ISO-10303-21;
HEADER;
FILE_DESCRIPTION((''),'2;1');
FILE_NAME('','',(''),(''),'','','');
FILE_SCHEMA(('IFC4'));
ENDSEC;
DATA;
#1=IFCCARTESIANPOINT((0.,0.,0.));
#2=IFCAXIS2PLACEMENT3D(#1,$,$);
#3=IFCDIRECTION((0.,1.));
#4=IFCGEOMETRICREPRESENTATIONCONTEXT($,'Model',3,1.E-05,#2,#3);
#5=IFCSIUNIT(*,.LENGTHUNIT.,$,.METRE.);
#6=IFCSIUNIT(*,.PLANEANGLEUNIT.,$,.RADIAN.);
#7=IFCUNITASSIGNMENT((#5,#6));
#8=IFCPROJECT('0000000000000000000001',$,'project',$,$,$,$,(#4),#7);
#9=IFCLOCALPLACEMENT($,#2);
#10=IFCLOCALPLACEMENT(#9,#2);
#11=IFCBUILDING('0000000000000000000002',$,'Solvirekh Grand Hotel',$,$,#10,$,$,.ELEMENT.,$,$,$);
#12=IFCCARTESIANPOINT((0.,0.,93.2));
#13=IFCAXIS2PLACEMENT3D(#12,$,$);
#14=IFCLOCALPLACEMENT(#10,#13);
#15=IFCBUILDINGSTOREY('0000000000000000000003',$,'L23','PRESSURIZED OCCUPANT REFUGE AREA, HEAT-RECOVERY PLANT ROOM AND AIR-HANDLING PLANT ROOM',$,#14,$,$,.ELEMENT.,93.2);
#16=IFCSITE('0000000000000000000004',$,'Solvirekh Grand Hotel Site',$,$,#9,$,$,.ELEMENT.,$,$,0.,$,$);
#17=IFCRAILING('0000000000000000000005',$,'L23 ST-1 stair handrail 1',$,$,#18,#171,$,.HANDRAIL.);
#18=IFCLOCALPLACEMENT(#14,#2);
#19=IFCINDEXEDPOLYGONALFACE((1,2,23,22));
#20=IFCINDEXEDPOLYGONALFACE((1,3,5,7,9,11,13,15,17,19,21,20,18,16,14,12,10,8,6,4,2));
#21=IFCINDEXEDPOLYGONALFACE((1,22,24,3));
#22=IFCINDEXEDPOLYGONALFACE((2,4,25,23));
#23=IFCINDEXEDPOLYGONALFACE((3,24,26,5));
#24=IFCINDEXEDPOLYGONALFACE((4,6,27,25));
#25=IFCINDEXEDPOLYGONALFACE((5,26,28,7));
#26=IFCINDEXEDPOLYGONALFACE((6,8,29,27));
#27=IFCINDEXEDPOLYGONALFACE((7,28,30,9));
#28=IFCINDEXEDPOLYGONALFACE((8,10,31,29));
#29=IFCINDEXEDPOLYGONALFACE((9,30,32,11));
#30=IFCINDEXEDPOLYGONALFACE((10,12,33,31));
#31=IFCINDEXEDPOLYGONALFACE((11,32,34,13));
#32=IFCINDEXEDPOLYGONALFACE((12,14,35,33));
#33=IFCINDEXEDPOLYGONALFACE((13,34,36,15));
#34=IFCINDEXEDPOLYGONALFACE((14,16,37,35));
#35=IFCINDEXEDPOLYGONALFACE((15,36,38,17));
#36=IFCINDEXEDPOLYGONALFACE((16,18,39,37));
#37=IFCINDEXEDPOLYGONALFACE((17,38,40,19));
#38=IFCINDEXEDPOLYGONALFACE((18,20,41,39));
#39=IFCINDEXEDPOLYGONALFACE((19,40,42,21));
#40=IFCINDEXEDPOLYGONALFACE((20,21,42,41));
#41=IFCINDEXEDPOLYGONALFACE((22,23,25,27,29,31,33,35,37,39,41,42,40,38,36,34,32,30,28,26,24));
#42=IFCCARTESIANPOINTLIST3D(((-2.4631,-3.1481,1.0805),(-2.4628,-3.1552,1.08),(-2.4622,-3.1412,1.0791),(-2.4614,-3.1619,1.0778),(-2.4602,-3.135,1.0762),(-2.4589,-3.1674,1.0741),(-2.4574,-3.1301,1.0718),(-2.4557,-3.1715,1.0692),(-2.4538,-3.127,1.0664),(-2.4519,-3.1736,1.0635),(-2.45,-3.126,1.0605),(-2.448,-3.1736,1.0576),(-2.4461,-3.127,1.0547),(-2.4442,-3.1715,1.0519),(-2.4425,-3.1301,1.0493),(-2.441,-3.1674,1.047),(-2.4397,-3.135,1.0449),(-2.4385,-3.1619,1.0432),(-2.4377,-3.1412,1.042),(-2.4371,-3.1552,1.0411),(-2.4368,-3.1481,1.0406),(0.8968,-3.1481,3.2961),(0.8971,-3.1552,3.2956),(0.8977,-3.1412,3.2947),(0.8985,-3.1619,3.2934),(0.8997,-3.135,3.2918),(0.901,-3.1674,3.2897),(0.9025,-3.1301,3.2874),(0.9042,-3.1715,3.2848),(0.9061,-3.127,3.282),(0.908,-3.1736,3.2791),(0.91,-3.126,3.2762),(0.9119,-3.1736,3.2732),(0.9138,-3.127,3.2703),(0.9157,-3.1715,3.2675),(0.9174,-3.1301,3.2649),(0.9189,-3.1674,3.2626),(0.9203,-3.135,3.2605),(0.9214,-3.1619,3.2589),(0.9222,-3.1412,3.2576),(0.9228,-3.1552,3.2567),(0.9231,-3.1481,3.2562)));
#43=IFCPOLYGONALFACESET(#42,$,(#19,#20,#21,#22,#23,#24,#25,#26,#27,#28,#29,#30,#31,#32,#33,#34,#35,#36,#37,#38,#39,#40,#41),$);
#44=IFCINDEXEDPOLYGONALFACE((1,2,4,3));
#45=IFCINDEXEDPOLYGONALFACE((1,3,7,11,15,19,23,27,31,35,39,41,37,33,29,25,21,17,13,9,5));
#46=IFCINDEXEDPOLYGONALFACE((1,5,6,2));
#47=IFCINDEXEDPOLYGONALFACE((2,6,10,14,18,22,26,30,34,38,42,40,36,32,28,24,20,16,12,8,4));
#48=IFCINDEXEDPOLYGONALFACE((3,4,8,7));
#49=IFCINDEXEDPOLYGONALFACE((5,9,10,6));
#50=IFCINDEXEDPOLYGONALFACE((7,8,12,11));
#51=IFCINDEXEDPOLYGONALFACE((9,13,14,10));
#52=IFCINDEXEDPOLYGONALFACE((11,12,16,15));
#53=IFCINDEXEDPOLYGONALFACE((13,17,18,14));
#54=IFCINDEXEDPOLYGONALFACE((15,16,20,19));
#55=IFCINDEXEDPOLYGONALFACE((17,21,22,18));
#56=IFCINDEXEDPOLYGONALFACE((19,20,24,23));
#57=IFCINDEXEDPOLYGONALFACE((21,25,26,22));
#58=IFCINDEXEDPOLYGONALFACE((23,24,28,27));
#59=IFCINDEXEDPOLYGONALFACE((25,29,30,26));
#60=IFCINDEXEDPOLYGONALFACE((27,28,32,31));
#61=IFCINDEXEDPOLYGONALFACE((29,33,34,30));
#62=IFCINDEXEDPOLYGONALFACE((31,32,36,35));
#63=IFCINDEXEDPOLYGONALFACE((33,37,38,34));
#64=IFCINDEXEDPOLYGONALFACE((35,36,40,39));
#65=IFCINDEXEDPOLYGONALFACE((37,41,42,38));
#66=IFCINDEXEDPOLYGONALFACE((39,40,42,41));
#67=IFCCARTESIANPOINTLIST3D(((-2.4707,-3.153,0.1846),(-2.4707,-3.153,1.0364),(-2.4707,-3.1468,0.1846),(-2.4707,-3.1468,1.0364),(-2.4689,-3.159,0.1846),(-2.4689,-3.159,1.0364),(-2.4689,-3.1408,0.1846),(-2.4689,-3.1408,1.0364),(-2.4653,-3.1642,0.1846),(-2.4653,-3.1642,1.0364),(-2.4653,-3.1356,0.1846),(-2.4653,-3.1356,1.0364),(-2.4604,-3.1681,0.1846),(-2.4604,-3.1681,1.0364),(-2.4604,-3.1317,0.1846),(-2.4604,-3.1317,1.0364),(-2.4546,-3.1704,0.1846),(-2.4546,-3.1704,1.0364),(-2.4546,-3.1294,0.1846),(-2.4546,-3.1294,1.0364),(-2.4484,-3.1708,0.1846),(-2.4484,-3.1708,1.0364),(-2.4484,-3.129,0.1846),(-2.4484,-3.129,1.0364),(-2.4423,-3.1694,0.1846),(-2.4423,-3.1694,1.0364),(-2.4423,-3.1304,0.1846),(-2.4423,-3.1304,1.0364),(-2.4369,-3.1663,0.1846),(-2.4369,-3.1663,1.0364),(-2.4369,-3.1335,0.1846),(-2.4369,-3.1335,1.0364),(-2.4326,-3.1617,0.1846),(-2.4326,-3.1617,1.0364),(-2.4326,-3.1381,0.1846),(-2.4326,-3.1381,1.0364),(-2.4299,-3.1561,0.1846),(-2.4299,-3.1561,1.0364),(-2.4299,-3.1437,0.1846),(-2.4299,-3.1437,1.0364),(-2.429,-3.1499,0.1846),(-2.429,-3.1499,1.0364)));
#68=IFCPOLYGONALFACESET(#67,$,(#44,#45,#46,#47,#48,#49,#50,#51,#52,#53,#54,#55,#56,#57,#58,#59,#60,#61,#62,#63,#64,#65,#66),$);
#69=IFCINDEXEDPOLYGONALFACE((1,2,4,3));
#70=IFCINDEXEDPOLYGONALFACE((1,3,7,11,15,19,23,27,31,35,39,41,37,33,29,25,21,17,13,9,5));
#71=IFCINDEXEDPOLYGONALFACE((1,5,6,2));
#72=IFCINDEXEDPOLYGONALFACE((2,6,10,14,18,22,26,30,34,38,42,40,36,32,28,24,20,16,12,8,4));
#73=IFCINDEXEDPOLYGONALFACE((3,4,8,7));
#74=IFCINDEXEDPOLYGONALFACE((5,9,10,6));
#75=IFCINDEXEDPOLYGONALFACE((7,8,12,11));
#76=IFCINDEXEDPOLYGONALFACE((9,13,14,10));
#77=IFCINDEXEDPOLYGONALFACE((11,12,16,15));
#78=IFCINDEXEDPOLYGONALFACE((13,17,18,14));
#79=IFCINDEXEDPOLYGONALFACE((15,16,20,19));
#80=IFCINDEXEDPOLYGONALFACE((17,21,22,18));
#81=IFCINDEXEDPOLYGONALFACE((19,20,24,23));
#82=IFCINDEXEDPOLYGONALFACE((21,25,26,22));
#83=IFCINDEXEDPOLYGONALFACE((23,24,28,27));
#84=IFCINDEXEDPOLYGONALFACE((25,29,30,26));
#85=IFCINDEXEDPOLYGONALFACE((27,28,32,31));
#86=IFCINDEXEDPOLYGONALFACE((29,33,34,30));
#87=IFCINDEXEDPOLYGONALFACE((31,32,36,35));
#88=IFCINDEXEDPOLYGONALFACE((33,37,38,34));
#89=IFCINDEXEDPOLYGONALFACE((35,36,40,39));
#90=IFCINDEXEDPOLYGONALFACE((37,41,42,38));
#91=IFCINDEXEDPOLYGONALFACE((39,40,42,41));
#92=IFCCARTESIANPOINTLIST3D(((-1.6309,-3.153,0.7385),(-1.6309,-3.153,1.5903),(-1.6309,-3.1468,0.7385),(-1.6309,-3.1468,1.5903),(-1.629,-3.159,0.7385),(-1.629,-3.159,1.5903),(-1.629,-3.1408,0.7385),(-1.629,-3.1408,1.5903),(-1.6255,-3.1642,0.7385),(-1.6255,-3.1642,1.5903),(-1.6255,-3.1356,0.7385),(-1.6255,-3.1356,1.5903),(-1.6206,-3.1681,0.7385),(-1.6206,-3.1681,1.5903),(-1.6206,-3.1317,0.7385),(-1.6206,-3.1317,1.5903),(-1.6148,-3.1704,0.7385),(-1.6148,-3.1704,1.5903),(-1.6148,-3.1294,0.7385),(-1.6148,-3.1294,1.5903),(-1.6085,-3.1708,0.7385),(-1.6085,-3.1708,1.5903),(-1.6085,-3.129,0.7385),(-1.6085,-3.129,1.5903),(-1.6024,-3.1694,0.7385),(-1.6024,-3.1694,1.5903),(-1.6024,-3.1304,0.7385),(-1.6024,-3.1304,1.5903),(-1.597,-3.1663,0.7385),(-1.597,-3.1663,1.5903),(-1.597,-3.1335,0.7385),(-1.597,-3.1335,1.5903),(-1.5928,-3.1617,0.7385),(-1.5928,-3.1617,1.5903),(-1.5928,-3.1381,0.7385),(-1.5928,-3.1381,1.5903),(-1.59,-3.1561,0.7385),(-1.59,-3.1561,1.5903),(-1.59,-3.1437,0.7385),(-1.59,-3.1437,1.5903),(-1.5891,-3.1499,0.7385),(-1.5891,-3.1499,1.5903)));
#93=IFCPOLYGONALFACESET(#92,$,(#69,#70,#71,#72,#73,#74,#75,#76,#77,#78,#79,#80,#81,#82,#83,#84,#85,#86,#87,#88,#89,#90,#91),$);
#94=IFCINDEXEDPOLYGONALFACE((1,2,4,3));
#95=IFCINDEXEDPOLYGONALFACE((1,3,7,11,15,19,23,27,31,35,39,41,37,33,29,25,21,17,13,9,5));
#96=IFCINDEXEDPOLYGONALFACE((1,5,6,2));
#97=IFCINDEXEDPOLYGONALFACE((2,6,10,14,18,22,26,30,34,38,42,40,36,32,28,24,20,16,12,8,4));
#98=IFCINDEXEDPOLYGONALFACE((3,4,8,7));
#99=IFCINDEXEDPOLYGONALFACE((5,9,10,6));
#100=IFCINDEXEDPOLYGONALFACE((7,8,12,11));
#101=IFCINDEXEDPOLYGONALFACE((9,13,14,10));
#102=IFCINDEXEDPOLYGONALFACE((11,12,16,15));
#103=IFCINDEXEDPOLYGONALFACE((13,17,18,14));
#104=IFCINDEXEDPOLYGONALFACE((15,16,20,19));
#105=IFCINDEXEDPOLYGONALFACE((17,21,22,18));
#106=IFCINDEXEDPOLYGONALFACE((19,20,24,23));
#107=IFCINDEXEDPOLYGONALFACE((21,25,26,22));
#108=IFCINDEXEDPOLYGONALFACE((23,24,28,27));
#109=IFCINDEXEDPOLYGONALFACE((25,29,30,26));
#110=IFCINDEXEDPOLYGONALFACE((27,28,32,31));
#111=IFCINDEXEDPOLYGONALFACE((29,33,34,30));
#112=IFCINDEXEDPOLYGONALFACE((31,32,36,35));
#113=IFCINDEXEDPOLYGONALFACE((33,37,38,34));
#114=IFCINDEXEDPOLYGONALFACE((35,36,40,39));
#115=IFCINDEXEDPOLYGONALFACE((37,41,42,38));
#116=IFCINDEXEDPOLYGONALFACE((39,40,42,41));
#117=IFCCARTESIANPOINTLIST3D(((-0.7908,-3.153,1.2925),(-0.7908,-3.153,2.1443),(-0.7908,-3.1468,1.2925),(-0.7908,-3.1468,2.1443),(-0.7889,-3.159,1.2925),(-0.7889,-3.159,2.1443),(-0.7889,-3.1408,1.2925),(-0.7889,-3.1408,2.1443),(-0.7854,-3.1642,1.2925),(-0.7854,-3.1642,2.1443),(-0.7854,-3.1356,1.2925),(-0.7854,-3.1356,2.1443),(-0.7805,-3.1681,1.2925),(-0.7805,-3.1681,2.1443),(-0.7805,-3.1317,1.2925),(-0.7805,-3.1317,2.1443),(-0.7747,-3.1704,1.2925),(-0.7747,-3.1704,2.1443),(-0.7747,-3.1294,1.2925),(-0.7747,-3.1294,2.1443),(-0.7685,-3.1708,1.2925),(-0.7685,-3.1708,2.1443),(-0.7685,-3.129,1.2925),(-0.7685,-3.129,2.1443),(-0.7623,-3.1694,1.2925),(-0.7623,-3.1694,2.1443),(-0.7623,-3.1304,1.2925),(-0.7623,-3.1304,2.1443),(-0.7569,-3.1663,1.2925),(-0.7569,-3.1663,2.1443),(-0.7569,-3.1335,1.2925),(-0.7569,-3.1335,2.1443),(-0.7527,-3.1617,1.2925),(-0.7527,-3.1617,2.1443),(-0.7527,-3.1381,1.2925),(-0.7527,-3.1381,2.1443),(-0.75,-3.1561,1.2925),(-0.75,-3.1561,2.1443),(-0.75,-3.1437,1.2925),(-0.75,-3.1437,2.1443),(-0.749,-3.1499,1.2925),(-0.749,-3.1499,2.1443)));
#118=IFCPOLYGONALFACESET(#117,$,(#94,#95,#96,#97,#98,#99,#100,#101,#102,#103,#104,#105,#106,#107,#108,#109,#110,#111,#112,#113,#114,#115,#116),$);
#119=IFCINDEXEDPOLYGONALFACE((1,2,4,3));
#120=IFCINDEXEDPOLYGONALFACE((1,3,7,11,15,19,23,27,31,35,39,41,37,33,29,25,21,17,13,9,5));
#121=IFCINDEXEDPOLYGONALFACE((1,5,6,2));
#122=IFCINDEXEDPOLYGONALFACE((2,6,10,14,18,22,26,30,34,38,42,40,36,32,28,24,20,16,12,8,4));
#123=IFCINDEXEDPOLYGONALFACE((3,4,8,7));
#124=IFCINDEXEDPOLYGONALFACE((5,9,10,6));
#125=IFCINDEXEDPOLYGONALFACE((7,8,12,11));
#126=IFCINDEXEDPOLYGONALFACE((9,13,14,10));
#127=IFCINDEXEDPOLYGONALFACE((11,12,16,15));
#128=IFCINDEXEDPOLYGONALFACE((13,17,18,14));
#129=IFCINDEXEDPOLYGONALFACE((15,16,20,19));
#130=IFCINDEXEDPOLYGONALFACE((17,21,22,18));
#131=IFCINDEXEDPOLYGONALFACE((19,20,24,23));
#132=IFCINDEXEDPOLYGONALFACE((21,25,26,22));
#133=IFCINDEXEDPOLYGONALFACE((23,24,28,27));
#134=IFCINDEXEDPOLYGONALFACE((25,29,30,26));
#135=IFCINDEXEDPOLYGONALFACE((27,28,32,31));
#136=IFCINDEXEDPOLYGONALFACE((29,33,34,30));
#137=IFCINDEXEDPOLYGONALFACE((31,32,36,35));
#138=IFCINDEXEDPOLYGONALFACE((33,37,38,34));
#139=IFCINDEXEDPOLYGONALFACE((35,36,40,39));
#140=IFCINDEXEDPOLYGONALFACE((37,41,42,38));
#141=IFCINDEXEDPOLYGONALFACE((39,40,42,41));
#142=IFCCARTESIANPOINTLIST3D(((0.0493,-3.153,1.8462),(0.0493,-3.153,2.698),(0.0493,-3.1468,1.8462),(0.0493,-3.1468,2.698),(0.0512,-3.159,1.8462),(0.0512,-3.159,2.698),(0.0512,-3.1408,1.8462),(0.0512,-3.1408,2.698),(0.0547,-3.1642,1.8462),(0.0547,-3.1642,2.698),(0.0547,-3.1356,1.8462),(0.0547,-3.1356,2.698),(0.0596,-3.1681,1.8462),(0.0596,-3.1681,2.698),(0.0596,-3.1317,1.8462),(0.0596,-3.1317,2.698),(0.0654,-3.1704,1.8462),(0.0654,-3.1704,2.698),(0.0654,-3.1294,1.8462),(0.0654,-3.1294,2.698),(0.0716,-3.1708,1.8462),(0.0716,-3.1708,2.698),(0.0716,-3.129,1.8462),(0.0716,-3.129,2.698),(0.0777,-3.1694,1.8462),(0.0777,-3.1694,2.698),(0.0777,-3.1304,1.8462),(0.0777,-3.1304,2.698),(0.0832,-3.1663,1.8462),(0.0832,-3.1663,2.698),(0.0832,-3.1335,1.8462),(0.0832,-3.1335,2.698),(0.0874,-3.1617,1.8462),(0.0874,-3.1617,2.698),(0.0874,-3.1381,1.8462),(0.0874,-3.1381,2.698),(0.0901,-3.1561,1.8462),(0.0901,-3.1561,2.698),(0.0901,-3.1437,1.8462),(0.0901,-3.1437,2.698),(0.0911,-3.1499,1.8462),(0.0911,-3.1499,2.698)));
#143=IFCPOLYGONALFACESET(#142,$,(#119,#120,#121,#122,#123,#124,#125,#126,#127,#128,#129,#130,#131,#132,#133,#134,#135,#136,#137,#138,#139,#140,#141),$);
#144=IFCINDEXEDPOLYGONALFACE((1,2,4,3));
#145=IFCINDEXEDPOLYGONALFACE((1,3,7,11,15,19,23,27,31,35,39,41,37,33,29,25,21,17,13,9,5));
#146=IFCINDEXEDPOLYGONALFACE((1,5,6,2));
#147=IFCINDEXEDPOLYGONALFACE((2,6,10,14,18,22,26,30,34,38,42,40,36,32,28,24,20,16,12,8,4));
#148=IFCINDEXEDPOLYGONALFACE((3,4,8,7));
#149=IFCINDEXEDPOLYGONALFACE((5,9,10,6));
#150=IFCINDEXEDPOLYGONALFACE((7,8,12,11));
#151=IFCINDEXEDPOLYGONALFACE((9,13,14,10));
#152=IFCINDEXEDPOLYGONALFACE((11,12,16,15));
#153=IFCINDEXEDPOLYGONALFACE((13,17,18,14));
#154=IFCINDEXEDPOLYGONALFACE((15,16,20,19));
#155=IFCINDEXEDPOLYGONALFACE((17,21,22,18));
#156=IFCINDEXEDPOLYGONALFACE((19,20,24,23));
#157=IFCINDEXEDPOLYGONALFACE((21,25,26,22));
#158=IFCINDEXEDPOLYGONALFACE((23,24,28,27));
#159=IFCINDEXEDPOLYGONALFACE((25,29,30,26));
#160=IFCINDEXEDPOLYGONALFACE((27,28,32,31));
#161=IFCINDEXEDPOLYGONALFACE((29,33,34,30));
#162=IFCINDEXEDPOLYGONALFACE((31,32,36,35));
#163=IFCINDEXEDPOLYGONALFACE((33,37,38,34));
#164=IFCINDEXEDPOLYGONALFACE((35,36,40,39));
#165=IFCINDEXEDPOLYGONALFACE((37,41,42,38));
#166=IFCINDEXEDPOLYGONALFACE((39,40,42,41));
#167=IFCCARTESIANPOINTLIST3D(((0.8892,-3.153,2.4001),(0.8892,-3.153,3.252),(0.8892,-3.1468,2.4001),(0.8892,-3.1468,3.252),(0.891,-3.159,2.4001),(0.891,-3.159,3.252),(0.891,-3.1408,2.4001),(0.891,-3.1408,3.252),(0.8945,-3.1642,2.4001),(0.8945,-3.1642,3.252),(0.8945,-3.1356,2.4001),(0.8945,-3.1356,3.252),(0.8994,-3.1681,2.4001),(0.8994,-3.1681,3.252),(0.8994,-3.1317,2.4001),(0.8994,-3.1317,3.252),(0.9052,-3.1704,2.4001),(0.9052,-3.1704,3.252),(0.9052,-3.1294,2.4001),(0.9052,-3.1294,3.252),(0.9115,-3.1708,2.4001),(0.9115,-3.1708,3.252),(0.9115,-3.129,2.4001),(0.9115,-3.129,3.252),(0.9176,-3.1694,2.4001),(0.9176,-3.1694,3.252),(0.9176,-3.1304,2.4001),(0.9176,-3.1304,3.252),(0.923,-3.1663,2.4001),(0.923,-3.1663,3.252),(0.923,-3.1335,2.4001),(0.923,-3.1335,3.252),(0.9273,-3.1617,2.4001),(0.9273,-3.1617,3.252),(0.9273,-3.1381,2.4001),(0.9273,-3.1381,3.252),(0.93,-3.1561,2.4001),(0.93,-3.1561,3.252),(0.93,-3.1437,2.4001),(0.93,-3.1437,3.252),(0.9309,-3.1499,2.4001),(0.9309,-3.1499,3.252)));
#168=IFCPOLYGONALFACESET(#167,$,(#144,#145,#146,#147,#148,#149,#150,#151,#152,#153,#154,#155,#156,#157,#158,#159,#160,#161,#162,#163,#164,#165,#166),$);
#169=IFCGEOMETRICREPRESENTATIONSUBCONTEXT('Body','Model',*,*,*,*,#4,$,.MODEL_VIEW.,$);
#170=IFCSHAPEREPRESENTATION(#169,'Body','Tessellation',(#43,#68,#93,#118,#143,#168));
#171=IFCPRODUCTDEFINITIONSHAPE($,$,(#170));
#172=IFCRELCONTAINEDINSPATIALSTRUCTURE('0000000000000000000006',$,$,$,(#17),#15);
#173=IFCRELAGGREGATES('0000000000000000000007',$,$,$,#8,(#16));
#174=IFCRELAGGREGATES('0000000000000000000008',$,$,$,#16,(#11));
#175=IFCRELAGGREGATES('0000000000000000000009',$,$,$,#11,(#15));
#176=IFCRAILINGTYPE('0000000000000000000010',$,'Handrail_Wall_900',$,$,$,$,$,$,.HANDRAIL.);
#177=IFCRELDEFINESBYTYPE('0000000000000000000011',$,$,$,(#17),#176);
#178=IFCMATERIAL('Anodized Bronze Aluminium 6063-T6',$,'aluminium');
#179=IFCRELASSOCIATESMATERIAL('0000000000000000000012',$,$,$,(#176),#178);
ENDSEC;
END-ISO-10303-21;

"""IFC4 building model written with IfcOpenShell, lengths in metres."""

from ifc_helpers import new_model, si_unit, direction, frame, origin, origin_2d, place, context, subcontext, project, spatial, circle, extrude, material, type_object, element, save


model = new_model("IFC4")

# Units and contexts
model_context = context("Model", 3, precision=1e-05, world=origin(), true_north=direction((0.0, 1.0)))
body_context = subcontext(model_context, "Body", "Model", "MODEL_VIEW")
ifc_project = project(units=[si_unit("LENGTHUNIT", "METRE"), si_unit("PLANEANGLEUNIT", "RADIAN")], contexts=[model_context])

# Site, building, storey
site_placement = place(None, origin())
site = spatial("IfcSite", under=ifc_project, at=site_placement, Name="Solvirekh Grand Hotel Site", CompositionType="ELEMENT", RefElevation=0.0)
building_placement = place(site_placement, origin())
building = spatial("IfcBuilding", under=site, at=building_placement, Name="Solvirekh Grand Hotel", CompositionType="ELEMENT")
storey_placement = place(building_placement, frame((0.0, 0.0, 93.2)))
storey = spatial("IfcBuildingStorey", under=building, at=storey_placement, Name="L23", Description="PRESSURIZED OCCUPANT REFUGE AREA, HEAT-RECOVERY PLANT ROOM AND AIR-HANDLING PLANT ROOM", CompositionType="ELEMENT", Elevation=93.2)

# Shared definitions
ifc_material_1 = material(Name="Anodized Bronze Aluminium 6063-T6", Category="aluminium")

# Railing
railing_type_1 = type_object("IfcRailingType", Name="Handrail_Wall_900", PredefinedType="HANDRAIL", material=ifc_material_1)
railing_1_placement = place(storey_placement, frame((-2.45, -3.1499, 0.1846)))
element("IfcRailing", 1, at=railing_1_placement, inside=storey, type_object=railing_type_1, Name="L23 ST-1 stair handrail 1", PredefinedType="HANDRAIL", context=body_context, shape_type="SweptSolid", body=[
    extrude(circle(Radius=0.0239, at=origin_2d()), frame((0.0, 0.0, 0.876), z_axis=(0.83483, 0.0, 0.550508), x_axis=(0.0, 1.0, 0.0)), (0.0, 0.0, 1.0), 4.0247),
    extrude(circle(Radius=0.021, at=origin_2d()), origin(), (0.0, 0.0, 1.0), 0.8518),
    extrude(circle(Radius=0.021, at=origin_2d()), frame((0.8398, 0.0, 0.554)), (0.0, 0.0, 1.0), 0.8518),
    extrude(circle(Radius=0.021, at=origin_2d()), frame((1.6799, 0.0, 1.1079)), (0.0, 0.0, 1.0), 0.8518),
    extrude(circle(Radius=0.021, at=origin_2d()), frame((2.52, 0.0, 1.6616)), (0.0, 0.0, 1.0), 0.8518),
    extrude(circle(Radius=0.021, at=origin_2d()), frame((3.3599, 0.0, 2.2156)), (0.0, 0.0, 1.0), 0.8518),
])

save(model, "model.ifc")
